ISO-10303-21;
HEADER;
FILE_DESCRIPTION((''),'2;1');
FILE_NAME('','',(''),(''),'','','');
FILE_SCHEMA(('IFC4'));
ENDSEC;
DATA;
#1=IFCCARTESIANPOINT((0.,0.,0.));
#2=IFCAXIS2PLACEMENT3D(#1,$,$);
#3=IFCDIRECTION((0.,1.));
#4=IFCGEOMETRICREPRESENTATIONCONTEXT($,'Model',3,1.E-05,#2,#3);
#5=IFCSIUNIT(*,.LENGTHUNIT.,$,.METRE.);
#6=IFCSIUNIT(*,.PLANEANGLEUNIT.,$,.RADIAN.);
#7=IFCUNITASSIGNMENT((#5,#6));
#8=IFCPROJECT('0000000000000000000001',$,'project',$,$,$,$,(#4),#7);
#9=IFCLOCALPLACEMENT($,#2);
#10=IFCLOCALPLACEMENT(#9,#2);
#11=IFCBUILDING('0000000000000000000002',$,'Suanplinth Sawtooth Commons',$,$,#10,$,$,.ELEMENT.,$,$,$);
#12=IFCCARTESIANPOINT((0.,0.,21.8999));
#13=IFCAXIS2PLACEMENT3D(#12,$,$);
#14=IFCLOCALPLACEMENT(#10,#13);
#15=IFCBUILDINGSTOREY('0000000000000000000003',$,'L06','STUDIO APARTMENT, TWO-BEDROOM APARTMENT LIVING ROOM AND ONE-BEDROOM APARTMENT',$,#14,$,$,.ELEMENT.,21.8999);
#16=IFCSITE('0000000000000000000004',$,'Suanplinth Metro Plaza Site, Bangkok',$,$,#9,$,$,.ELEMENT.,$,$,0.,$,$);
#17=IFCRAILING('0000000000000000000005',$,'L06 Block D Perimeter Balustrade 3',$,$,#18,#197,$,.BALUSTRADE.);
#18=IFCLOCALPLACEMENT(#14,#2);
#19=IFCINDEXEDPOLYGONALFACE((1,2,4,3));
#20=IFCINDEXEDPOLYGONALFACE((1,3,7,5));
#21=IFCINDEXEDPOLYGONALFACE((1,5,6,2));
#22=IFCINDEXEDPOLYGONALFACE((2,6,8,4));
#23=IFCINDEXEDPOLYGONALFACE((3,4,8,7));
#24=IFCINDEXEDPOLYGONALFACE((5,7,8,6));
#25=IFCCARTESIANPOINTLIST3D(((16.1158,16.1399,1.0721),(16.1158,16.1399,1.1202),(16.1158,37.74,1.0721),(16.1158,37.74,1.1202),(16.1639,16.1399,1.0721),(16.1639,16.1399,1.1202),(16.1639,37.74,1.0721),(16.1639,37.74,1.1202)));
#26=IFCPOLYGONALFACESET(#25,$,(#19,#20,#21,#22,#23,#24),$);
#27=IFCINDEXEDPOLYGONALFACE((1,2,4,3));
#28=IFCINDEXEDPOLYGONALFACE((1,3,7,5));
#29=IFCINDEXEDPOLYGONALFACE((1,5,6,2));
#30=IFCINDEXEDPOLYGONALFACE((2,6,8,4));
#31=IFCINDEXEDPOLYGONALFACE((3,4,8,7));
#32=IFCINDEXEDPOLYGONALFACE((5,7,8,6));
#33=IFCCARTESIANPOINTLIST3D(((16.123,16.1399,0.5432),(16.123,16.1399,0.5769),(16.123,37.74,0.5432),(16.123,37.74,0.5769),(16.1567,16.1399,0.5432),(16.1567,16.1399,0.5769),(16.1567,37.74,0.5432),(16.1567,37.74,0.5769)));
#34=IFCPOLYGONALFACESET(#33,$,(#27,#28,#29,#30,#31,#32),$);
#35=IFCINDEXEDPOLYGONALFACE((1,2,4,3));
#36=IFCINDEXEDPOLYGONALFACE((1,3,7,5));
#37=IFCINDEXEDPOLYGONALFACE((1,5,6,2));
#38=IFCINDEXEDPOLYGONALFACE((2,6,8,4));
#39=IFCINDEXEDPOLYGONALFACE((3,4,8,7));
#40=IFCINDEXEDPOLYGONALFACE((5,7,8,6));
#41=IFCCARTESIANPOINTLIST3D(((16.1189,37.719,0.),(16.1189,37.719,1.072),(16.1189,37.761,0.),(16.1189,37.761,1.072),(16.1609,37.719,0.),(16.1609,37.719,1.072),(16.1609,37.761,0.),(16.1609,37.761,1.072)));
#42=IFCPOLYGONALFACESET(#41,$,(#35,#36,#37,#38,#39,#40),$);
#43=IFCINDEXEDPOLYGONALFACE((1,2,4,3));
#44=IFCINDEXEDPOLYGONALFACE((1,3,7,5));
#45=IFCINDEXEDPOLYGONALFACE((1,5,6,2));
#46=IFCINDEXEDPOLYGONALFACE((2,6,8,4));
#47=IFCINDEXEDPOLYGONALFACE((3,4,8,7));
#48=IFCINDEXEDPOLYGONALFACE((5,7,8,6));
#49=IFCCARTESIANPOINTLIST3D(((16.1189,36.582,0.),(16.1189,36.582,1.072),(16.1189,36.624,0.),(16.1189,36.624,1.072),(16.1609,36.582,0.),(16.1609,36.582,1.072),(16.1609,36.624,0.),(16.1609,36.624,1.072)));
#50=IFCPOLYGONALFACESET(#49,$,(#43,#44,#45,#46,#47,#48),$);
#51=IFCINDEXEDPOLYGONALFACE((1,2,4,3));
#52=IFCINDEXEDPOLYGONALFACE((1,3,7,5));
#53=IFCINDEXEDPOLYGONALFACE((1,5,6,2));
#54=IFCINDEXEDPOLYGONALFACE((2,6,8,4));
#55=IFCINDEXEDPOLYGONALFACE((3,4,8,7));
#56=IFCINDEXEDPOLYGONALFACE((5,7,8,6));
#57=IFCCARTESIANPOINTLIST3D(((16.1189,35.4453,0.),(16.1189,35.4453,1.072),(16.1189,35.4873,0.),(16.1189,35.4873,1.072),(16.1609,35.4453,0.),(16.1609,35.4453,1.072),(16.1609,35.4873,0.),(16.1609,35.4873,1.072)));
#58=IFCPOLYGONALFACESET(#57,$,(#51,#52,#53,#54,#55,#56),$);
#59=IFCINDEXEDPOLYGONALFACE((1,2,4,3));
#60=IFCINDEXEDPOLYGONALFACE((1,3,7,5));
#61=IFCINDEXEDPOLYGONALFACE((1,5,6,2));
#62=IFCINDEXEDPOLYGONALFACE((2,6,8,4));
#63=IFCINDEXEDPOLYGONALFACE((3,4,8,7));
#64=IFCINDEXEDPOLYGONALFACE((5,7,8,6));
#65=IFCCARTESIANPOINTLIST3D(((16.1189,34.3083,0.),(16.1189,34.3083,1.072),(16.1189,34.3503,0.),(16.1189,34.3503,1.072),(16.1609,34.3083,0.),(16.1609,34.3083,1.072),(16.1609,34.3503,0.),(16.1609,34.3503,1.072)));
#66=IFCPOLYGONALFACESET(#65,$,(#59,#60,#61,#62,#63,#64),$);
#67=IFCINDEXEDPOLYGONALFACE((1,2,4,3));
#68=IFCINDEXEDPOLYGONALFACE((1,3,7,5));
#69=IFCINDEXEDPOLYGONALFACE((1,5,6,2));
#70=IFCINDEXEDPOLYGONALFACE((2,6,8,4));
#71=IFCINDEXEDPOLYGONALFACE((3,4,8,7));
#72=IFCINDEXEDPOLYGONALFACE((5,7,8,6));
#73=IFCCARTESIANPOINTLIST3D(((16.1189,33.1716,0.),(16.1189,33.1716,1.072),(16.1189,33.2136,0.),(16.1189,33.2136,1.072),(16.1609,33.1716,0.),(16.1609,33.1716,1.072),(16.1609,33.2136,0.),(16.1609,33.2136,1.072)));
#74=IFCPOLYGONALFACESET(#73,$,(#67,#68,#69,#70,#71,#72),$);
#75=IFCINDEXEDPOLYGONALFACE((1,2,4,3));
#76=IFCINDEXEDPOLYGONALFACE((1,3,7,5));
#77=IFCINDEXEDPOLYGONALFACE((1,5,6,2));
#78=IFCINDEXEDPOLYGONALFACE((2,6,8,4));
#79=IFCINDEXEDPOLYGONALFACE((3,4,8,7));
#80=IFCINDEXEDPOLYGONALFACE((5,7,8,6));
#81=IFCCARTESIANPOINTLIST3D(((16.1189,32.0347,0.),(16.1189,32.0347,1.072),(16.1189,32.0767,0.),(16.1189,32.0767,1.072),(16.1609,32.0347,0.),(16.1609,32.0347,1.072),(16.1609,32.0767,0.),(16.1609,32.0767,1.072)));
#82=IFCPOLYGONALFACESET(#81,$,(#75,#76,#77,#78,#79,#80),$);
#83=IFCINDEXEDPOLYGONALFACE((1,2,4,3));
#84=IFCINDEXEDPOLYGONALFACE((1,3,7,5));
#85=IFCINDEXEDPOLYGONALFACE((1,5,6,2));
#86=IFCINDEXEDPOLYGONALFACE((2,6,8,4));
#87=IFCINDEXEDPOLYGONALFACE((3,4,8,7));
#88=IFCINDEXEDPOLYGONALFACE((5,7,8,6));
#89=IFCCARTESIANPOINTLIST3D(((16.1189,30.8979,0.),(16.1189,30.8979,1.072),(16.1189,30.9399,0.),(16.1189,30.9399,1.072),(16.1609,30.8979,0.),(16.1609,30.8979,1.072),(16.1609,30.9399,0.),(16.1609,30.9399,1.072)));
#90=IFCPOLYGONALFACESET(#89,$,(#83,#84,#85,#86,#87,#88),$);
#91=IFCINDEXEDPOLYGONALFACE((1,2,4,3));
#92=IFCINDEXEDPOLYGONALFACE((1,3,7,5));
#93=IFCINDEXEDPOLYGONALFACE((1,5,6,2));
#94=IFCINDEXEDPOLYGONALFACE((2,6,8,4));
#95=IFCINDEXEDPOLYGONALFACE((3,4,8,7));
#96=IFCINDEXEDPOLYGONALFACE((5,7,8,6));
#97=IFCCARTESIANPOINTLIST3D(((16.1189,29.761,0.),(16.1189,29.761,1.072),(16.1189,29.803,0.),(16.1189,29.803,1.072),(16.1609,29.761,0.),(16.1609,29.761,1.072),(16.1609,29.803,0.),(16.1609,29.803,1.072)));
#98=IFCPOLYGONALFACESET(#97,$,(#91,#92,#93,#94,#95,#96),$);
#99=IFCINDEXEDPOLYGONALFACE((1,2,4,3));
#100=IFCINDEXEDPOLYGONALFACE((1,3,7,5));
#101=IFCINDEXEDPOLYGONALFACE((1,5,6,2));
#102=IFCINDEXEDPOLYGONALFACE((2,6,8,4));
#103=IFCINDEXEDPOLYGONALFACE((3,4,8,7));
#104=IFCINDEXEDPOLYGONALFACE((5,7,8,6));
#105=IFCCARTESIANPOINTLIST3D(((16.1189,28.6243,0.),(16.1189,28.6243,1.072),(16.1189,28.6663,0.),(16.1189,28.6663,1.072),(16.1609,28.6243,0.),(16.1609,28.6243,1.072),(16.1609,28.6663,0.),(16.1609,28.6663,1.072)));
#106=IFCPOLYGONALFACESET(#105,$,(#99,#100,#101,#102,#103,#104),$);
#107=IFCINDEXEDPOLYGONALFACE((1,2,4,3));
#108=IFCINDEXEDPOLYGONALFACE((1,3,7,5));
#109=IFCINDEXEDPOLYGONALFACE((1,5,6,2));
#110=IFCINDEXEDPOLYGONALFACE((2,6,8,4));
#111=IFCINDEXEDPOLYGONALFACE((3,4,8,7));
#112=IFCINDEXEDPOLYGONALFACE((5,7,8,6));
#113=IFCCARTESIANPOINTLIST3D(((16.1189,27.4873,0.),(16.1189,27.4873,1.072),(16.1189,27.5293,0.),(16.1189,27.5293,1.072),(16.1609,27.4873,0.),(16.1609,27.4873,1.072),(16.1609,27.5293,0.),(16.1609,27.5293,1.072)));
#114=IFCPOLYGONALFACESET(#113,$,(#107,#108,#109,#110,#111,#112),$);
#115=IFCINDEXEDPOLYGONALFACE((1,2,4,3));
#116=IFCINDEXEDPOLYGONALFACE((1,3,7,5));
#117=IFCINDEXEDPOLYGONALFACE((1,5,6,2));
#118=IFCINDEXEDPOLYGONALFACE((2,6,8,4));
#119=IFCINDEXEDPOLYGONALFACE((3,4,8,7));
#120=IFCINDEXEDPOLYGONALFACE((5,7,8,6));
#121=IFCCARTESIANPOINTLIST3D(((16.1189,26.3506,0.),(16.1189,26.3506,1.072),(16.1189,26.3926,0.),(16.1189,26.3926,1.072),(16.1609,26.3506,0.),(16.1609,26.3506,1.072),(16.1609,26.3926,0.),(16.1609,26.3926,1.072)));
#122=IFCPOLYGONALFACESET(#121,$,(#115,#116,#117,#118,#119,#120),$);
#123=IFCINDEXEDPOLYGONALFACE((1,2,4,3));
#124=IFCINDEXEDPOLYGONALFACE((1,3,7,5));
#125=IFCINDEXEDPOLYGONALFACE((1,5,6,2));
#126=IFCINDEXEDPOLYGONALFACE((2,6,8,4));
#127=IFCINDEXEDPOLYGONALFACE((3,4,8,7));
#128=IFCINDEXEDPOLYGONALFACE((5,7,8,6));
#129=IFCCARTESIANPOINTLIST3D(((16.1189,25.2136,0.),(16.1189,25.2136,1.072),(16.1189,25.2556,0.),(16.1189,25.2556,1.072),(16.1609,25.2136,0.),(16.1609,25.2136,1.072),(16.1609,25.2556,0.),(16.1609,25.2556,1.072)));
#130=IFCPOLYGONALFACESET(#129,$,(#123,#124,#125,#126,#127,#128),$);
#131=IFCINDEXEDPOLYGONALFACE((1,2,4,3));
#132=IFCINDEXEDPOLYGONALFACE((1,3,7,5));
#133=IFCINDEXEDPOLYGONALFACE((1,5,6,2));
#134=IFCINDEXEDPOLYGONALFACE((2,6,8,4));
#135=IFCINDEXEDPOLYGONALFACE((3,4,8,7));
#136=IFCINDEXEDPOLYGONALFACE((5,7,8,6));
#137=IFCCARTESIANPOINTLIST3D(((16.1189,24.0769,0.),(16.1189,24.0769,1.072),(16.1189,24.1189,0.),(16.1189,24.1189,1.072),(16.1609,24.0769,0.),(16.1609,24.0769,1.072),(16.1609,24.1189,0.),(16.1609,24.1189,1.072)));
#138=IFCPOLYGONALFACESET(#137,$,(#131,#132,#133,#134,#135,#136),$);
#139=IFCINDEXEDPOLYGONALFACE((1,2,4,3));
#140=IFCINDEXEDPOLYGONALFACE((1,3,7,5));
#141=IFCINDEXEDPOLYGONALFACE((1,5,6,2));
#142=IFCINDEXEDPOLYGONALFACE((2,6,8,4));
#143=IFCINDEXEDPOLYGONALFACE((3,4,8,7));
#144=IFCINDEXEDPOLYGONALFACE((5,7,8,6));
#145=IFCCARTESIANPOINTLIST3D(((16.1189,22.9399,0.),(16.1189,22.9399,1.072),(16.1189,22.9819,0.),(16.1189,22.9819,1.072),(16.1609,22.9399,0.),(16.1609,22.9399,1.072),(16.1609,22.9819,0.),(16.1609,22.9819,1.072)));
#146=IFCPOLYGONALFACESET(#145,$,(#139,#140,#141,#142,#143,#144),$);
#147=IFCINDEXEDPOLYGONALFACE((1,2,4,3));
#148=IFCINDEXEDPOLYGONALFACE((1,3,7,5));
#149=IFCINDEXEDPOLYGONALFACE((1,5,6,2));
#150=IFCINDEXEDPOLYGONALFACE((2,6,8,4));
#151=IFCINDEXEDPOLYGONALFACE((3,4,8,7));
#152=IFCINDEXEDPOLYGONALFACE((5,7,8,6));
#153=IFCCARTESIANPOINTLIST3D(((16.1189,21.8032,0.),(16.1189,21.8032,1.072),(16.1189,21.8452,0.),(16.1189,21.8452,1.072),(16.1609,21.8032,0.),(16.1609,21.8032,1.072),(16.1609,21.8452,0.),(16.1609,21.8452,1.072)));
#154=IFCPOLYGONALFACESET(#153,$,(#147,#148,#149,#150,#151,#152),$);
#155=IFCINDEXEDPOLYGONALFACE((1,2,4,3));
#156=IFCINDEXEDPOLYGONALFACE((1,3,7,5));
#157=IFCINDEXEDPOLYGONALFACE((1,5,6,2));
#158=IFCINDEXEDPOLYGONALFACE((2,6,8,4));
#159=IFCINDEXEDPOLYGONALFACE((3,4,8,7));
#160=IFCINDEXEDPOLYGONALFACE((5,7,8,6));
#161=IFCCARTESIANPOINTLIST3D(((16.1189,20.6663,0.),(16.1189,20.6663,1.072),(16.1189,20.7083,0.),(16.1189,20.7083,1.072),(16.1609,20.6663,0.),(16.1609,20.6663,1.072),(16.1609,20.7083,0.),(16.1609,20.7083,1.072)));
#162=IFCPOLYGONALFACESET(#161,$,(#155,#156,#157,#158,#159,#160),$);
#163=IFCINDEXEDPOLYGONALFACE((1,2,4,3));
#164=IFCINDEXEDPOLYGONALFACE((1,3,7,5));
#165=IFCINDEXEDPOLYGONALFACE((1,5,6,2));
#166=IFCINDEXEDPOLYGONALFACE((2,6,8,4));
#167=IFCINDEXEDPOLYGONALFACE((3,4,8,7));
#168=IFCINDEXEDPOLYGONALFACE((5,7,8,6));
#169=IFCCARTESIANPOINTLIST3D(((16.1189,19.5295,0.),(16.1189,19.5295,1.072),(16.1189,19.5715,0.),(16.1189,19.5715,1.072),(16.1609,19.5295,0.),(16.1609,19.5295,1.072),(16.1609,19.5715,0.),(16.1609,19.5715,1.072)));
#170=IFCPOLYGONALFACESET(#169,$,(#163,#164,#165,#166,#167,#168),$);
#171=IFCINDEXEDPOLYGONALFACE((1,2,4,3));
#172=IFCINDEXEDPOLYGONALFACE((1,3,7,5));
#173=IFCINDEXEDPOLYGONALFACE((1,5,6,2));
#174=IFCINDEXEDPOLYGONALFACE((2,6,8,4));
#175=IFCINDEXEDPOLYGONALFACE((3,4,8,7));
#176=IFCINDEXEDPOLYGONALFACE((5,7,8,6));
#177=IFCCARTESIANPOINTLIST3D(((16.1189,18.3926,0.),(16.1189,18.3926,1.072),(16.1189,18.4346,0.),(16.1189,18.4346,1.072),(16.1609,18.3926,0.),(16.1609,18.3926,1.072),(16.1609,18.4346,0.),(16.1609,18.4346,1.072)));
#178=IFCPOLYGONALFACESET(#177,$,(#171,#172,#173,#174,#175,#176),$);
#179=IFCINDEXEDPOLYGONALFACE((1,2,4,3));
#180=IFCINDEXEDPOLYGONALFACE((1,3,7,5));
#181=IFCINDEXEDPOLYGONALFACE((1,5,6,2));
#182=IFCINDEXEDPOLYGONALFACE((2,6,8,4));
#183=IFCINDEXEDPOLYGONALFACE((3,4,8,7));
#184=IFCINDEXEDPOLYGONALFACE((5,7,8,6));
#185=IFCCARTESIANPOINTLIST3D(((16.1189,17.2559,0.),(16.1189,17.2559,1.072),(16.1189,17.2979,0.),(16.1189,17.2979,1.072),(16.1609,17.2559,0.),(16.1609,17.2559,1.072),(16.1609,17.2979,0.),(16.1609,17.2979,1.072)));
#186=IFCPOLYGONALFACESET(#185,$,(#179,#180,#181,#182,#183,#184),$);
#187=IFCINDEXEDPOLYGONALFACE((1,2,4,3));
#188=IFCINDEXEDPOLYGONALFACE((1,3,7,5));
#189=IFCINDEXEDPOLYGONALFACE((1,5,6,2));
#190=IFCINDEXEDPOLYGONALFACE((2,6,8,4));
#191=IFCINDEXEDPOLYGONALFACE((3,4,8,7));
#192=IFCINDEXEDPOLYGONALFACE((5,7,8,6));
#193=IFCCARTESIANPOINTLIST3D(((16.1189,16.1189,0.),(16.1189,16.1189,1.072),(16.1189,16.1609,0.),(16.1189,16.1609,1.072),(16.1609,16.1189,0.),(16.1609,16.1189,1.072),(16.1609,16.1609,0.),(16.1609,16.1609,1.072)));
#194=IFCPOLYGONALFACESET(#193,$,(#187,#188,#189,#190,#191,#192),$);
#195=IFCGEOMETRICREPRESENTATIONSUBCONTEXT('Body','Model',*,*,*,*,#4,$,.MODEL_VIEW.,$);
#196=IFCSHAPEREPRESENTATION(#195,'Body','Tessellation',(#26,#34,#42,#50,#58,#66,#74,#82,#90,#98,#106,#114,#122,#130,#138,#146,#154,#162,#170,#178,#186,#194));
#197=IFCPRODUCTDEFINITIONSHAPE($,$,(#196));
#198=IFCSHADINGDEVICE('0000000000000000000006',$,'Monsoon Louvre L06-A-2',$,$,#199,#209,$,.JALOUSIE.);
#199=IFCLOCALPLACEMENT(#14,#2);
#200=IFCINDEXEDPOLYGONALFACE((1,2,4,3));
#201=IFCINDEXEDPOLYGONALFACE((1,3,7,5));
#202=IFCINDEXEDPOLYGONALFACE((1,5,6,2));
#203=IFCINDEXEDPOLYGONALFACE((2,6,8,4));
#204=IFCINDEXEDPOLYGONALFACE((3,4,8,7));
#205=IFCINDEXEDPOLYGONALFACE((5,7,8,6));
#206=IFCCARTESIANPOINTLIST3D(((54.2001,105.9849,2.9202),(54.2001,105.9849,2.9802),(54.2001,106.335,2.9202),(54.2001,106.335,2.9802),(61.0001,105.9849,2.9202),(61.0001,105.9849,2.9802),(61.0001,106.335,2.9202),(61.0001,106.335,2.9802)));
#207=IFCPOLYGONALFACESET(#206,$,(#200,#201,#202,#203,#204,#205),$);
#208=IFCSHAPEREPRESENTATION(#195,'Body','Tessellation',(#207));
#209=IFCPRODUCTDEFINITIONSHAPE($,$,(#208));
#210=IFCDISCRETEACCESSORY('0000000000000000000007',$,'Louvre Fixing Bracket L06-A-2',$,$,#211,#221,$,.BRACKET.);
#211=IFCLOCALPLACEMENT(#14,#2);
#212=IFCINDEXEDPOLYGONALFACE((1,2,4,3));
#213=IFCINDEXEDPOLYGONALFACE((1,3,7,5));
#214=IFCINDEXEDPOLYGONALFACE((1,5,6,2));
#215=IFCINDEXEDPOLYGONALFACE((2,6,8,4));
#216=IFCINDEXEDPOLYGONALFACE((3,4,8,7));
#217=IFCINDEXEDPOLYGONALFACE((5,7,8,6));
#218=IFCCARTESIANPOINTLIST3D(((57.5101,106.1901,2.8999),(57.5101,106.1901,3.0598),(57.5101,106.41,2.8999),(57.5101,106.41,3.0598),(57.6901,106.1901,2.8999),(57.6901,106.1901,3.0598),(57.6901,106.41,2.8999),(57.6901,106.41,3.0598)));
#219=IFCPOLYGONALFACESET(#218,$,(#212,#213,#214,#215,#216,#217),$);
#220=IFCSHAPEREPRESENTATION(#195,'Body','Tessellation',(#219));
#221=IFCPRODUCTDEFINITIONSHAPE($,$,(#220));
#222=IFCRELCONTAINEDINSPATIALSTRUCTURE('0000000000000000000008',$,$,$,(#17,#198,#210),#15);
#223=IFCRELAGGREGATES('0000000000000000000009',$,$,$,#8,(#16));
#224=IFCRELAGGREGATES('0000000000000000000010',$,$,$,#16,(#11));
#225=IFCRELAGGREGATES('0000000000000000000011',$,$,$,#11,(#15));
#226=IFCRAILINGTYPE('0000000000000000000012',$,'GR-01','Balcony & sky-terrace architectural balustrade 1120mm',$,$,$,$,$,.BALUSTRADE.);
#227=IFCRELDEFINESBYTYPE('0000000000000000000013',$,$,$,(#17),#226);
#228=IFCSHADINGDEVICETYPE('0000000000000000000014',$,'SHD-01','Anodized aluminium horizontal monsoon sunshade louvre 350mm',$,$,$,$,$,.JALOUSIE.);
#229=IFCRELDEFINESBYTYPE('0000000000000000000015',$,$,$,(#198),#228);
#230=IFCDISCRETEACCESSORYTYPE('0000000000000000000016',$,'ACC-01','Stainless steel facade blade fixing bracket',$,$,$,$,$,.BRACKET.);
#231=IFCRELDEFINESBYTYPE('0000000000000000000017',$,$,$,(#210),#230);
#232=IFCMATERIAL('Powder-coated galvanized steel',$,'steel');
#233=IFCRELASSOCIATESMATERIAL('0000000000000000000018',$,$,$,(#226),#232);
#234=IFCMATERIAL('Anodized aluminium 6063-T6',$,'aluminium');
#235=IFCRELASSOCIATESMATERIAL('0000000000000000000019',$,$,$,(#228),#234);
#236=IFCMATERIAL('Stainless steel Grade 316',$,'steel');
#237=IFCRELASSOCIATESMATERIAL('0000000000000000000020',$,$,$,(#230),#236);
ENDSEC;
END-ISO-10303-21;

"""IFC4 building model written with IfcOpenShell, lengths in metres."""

from ifc_helpers import new_model, si_unit, direction, frame, origin, origin_2d, place, context, subcontext, project, spatial, rectangle, extrude, material, type_object, element, save


model = new_model("IFC4")

# Units and contexts
model_context = context("Model", 3, precision=1e-05, world=origin(), true_north=direction((0.0, 1.0)))
body_context = subcontext(model_context, "Body", "Model", "MODEL_VIEW")
ifc_project = project(units=[si_unit("LENGTHUNIT", "METRE"), si_unit("PLANEANGLEUNIT", "RADIAN")], contexts=[model_context])

# Site, building, storey
site_placement = place(None, origin())
site = spatial("IfcSite", under=ifc_project, at=site_placement, Name="Suanplinth Metro Plaza Site, Bangkok", CompositionType="ELEMENT", RefElevation=0.0)
building_placement = place(site_placement, origin())
building = spatial("IfcBuilding", under=site, at=building_placement, Name="Suanplinth Sawtooth Commons", CompositionType="ELEMENT")
storey_placement = place(building_placement, frame((0.0, 0.0, 21.8999)))
storey = spatial("IfcBuildingStorey", under=building, at=storey_placement, Name="L06", Description="STUDIO APARTMENT, TWO-BEDROOM APARTMENT LIVING ROOM AND ONE-BEDROOM APARTMENT", CompositionType="ELEMENT", Elevation=21.8999)

# Railing
ifc_material_1 = material(Name="Powder-coated galvanized steel", Category="steel")
railing_type = type_object("IfcRailingType", Name="GR-01", Description="Balcony & sky-terrace architectural balustrade 1120mm", PredefinedType="BALUSTRADE", material=ifc_material_1)
railing_1_placement = place(storey_placement, frame((16.1399, 37.74, 0.0)))
element("IfcRailing", 1, at=railing_1_placement, inside=storey, type_object=railing_type, Name="L06 Block D Perimeter Balustrade 3", PredefinedType="BALUSTRADE", context=body_context, shape_type="SweptSolid", body=[
    extrude(rectangle(XDim=0.0481, YDim=0.0481, at=origin_2d()), frame((0.0, 0.0, 1.0962), z_axis=(0.0, -1.0, 0.0), x_axis=(1.0, 0.0, 0.0)), (0.0, 0.0, 1.0), 21.6001),
    extrude(rectangle(XDim=0.0337, YDim=0.0337, at=origin_2d()), frame((0.0, 0.0, 0.5601), z_axis=(0.0, -1.0, 0.0), x_axis=(1.0, 0.0, 0.0)), (0.0, 0.0, 1.0), 21.6001),
    extrude(rectangle(XDim=0.042, YDim=0.042, at=origin_2d()), origin(), (0.0, 0.0, 1.0), 1.072),
    extrude(rectangle(XDim=0.042, YDim=0.042, at=origin_2d()), frame((0.0, -1.137, 0.0)), (0.0, 0.0, 1.0), 1.072),
    extrude(rectangle(XDim=0.042, YDim=0.042, at=origin_2d()), frame((0.0, -2.2737, 0.0)), (0.0, 0.0, 1.0), 1.072),
    extrude(rectangle(XDim=0.042, YDim=0.042, at=origin_2d()), frame((0.0, -3.4106, 0.0)), (0.0, 0.0, 1.0), 1.072),
    extrude(rectangle(XDim=0.042, YDim=0.042, at=origin_2d()), frame((0.0, -4.5474, 0.0)), (0.0, 0.0, 1.0), 1.072),
    extrude(rectangle(XDim=0.042, YDim=0.042, at=origin_2d()), frame((0.0, -5.6843, 0.0)), (0.0, 0.0, 1.0), 1.072),
    extrude(rectangle(XDim=0.042, YDim=0.042, at=origin_2d()), frame((0.0, -6.821, 0.0)), (0.0, 0.0, 1.0), 1.072),
    extrude(rectangle(XDim=0.042, YDim=0.042, at=origin_2d()), frame((0.0, -7.958, 0.0)), (0.0, 0.0, 1.0), 1.072),
    extrude(rectangle(XDim=0.042, YDim=0.042, at=origin_2d()), frame((0.0, -9.0947, 0.0)), (0.0, 0.0, 1.0), 1.072),
    extrude(rectangle(XDim=0.042, YDim=0.042, at=origin_2d()), frame((0.0, -10.2317, 0.0)), (0.0, 0.0, 1.0), 1.072),
    extrude(rectangle(XDim=0.042, YDim=0.042, at=origin_2d()), frame((0.0, -11.3684, 0.0)), (0.0, 0.0, 1.0), 1.072),
    extrude(rectangle(XDim=0.042, YDim=0.042, at=origin_2d()), frame((0.0, -12.5054, 0.0)), (0.0, 0.0, 1.0), 1.072),
    extrude(rectangle(XDim=0.042, YDim=0.042, at=origin_2d()), frame((0.0, -13.6421, 0.0)), (0.0, 0.0, 1.0), 1.072),
    extrude(rectangle(XDim=0.042, YDim=0.042, at=origin_2d()), frame((0.0, -14.7791, 0.0)), (0.0, 0.0, 1.0), 1.072),
    extrude(rectangle(XDim=0.042, YDim=0.042, at=origin_2d()), frame((0.0, -15.9158, 0.0)), (0.0, 0.0, 1.0), 1.072),
    extrude(rectangle(XDim=0.042, YDim=0.042, at=origin_2d()), frame((0.0, -17.0527, 0.0)), (0.0, 0.0, 1.0), 1.072),
    extrude(rectangle(XDim=0.042, YDim=0.042, at=origin_2d()), frame((0.0, -18.1895, 0.0)), (0.0, 0.0, 1.0), 1.072),
    extrude(rectangle(XDim=0.042, YDim=0.042, at=origin_2d()), frame((0.0, -19.3264, 0.0)), (0.0, 0.0, 1.0), 1.072),
    extrude(rectangle(XDim=0.042, YDim=0.042, at=origin_2d()), frame((0.0, -20.4631, 0.0)), (0.0, 0.0, 1.0), 1.072),
    extrude(rectangle(XDim=0.042, YDim=0.042, at=origin_2d()), frame((0.0, -21.6001, 0.0)), (0.0, 0.0, 1.0), 1.072),
])

# Shading device
ifc_material_2 = material(Name="Anodized aluminium 6063-T6", Category="aluminium")
shading_device_type = type_object("IfcShadingDeviceType", Name="SHD-01", Description="Anodized aluminium horizontal monsoon sunshade louvre 350mm", PredefinedType="JALOUSIE", material=ifc_material_2)
shading_device_placement = place(storey_placement, frame((57.6001, 106.1599, 2.9202), z_axis=(0.0, 0.0, 1.0), x_axis=(1.0, 0.0, 0.0)))
element("IfcShadingDevice", 2, at=shading_device_placement, inside=storey, type_object=shading_device_type, Name="Monsoon Louvre L06-A-2", PredefinedType="JALOUSIE", context=body_context, shape_type="SweptSolid", body=[
    extrude(rectangle(XDim=6.8, YDim=0.3501, at=origin_2d()), origin(), (0.0, 0.0, 1.0), 0.0601),
])

# Discrete accessory
ifc_material_3 = material(Name="Stainless steel Grade 316", Category="steel")
discrete_accessory_type = type_object("IfcDiscreteAccessoryType", Name="ACC-01", Description="Stainless steel facade blade fixing bracket", PredefinedType="BRACKET", material=ifc_material_3)
discrete_accessory_placement = place(storey_placement, frame((57.6001, 106.3, 2.8999), z_axis=(0.0, 0.0, 1.0), x_axis=(1.0, 0.0, 0.0)))
element("IfcDiscreteAccessory", 3, at=discrete_accessory_placement, inside=storey, type_object=discrete_accessory_type, Name="Louvre Fixing Bracket L06-A-2", PredefinedType="BRACKET", context=body_context, shape_type="SweptSolid", body=[
    extrude(rectangle(XDim=0.1799, YDim=0.22, at=origin_2d()), origin(), (0.0, 0.0, 1.0), 0.1599),
])

save(model, "model.ifc")
